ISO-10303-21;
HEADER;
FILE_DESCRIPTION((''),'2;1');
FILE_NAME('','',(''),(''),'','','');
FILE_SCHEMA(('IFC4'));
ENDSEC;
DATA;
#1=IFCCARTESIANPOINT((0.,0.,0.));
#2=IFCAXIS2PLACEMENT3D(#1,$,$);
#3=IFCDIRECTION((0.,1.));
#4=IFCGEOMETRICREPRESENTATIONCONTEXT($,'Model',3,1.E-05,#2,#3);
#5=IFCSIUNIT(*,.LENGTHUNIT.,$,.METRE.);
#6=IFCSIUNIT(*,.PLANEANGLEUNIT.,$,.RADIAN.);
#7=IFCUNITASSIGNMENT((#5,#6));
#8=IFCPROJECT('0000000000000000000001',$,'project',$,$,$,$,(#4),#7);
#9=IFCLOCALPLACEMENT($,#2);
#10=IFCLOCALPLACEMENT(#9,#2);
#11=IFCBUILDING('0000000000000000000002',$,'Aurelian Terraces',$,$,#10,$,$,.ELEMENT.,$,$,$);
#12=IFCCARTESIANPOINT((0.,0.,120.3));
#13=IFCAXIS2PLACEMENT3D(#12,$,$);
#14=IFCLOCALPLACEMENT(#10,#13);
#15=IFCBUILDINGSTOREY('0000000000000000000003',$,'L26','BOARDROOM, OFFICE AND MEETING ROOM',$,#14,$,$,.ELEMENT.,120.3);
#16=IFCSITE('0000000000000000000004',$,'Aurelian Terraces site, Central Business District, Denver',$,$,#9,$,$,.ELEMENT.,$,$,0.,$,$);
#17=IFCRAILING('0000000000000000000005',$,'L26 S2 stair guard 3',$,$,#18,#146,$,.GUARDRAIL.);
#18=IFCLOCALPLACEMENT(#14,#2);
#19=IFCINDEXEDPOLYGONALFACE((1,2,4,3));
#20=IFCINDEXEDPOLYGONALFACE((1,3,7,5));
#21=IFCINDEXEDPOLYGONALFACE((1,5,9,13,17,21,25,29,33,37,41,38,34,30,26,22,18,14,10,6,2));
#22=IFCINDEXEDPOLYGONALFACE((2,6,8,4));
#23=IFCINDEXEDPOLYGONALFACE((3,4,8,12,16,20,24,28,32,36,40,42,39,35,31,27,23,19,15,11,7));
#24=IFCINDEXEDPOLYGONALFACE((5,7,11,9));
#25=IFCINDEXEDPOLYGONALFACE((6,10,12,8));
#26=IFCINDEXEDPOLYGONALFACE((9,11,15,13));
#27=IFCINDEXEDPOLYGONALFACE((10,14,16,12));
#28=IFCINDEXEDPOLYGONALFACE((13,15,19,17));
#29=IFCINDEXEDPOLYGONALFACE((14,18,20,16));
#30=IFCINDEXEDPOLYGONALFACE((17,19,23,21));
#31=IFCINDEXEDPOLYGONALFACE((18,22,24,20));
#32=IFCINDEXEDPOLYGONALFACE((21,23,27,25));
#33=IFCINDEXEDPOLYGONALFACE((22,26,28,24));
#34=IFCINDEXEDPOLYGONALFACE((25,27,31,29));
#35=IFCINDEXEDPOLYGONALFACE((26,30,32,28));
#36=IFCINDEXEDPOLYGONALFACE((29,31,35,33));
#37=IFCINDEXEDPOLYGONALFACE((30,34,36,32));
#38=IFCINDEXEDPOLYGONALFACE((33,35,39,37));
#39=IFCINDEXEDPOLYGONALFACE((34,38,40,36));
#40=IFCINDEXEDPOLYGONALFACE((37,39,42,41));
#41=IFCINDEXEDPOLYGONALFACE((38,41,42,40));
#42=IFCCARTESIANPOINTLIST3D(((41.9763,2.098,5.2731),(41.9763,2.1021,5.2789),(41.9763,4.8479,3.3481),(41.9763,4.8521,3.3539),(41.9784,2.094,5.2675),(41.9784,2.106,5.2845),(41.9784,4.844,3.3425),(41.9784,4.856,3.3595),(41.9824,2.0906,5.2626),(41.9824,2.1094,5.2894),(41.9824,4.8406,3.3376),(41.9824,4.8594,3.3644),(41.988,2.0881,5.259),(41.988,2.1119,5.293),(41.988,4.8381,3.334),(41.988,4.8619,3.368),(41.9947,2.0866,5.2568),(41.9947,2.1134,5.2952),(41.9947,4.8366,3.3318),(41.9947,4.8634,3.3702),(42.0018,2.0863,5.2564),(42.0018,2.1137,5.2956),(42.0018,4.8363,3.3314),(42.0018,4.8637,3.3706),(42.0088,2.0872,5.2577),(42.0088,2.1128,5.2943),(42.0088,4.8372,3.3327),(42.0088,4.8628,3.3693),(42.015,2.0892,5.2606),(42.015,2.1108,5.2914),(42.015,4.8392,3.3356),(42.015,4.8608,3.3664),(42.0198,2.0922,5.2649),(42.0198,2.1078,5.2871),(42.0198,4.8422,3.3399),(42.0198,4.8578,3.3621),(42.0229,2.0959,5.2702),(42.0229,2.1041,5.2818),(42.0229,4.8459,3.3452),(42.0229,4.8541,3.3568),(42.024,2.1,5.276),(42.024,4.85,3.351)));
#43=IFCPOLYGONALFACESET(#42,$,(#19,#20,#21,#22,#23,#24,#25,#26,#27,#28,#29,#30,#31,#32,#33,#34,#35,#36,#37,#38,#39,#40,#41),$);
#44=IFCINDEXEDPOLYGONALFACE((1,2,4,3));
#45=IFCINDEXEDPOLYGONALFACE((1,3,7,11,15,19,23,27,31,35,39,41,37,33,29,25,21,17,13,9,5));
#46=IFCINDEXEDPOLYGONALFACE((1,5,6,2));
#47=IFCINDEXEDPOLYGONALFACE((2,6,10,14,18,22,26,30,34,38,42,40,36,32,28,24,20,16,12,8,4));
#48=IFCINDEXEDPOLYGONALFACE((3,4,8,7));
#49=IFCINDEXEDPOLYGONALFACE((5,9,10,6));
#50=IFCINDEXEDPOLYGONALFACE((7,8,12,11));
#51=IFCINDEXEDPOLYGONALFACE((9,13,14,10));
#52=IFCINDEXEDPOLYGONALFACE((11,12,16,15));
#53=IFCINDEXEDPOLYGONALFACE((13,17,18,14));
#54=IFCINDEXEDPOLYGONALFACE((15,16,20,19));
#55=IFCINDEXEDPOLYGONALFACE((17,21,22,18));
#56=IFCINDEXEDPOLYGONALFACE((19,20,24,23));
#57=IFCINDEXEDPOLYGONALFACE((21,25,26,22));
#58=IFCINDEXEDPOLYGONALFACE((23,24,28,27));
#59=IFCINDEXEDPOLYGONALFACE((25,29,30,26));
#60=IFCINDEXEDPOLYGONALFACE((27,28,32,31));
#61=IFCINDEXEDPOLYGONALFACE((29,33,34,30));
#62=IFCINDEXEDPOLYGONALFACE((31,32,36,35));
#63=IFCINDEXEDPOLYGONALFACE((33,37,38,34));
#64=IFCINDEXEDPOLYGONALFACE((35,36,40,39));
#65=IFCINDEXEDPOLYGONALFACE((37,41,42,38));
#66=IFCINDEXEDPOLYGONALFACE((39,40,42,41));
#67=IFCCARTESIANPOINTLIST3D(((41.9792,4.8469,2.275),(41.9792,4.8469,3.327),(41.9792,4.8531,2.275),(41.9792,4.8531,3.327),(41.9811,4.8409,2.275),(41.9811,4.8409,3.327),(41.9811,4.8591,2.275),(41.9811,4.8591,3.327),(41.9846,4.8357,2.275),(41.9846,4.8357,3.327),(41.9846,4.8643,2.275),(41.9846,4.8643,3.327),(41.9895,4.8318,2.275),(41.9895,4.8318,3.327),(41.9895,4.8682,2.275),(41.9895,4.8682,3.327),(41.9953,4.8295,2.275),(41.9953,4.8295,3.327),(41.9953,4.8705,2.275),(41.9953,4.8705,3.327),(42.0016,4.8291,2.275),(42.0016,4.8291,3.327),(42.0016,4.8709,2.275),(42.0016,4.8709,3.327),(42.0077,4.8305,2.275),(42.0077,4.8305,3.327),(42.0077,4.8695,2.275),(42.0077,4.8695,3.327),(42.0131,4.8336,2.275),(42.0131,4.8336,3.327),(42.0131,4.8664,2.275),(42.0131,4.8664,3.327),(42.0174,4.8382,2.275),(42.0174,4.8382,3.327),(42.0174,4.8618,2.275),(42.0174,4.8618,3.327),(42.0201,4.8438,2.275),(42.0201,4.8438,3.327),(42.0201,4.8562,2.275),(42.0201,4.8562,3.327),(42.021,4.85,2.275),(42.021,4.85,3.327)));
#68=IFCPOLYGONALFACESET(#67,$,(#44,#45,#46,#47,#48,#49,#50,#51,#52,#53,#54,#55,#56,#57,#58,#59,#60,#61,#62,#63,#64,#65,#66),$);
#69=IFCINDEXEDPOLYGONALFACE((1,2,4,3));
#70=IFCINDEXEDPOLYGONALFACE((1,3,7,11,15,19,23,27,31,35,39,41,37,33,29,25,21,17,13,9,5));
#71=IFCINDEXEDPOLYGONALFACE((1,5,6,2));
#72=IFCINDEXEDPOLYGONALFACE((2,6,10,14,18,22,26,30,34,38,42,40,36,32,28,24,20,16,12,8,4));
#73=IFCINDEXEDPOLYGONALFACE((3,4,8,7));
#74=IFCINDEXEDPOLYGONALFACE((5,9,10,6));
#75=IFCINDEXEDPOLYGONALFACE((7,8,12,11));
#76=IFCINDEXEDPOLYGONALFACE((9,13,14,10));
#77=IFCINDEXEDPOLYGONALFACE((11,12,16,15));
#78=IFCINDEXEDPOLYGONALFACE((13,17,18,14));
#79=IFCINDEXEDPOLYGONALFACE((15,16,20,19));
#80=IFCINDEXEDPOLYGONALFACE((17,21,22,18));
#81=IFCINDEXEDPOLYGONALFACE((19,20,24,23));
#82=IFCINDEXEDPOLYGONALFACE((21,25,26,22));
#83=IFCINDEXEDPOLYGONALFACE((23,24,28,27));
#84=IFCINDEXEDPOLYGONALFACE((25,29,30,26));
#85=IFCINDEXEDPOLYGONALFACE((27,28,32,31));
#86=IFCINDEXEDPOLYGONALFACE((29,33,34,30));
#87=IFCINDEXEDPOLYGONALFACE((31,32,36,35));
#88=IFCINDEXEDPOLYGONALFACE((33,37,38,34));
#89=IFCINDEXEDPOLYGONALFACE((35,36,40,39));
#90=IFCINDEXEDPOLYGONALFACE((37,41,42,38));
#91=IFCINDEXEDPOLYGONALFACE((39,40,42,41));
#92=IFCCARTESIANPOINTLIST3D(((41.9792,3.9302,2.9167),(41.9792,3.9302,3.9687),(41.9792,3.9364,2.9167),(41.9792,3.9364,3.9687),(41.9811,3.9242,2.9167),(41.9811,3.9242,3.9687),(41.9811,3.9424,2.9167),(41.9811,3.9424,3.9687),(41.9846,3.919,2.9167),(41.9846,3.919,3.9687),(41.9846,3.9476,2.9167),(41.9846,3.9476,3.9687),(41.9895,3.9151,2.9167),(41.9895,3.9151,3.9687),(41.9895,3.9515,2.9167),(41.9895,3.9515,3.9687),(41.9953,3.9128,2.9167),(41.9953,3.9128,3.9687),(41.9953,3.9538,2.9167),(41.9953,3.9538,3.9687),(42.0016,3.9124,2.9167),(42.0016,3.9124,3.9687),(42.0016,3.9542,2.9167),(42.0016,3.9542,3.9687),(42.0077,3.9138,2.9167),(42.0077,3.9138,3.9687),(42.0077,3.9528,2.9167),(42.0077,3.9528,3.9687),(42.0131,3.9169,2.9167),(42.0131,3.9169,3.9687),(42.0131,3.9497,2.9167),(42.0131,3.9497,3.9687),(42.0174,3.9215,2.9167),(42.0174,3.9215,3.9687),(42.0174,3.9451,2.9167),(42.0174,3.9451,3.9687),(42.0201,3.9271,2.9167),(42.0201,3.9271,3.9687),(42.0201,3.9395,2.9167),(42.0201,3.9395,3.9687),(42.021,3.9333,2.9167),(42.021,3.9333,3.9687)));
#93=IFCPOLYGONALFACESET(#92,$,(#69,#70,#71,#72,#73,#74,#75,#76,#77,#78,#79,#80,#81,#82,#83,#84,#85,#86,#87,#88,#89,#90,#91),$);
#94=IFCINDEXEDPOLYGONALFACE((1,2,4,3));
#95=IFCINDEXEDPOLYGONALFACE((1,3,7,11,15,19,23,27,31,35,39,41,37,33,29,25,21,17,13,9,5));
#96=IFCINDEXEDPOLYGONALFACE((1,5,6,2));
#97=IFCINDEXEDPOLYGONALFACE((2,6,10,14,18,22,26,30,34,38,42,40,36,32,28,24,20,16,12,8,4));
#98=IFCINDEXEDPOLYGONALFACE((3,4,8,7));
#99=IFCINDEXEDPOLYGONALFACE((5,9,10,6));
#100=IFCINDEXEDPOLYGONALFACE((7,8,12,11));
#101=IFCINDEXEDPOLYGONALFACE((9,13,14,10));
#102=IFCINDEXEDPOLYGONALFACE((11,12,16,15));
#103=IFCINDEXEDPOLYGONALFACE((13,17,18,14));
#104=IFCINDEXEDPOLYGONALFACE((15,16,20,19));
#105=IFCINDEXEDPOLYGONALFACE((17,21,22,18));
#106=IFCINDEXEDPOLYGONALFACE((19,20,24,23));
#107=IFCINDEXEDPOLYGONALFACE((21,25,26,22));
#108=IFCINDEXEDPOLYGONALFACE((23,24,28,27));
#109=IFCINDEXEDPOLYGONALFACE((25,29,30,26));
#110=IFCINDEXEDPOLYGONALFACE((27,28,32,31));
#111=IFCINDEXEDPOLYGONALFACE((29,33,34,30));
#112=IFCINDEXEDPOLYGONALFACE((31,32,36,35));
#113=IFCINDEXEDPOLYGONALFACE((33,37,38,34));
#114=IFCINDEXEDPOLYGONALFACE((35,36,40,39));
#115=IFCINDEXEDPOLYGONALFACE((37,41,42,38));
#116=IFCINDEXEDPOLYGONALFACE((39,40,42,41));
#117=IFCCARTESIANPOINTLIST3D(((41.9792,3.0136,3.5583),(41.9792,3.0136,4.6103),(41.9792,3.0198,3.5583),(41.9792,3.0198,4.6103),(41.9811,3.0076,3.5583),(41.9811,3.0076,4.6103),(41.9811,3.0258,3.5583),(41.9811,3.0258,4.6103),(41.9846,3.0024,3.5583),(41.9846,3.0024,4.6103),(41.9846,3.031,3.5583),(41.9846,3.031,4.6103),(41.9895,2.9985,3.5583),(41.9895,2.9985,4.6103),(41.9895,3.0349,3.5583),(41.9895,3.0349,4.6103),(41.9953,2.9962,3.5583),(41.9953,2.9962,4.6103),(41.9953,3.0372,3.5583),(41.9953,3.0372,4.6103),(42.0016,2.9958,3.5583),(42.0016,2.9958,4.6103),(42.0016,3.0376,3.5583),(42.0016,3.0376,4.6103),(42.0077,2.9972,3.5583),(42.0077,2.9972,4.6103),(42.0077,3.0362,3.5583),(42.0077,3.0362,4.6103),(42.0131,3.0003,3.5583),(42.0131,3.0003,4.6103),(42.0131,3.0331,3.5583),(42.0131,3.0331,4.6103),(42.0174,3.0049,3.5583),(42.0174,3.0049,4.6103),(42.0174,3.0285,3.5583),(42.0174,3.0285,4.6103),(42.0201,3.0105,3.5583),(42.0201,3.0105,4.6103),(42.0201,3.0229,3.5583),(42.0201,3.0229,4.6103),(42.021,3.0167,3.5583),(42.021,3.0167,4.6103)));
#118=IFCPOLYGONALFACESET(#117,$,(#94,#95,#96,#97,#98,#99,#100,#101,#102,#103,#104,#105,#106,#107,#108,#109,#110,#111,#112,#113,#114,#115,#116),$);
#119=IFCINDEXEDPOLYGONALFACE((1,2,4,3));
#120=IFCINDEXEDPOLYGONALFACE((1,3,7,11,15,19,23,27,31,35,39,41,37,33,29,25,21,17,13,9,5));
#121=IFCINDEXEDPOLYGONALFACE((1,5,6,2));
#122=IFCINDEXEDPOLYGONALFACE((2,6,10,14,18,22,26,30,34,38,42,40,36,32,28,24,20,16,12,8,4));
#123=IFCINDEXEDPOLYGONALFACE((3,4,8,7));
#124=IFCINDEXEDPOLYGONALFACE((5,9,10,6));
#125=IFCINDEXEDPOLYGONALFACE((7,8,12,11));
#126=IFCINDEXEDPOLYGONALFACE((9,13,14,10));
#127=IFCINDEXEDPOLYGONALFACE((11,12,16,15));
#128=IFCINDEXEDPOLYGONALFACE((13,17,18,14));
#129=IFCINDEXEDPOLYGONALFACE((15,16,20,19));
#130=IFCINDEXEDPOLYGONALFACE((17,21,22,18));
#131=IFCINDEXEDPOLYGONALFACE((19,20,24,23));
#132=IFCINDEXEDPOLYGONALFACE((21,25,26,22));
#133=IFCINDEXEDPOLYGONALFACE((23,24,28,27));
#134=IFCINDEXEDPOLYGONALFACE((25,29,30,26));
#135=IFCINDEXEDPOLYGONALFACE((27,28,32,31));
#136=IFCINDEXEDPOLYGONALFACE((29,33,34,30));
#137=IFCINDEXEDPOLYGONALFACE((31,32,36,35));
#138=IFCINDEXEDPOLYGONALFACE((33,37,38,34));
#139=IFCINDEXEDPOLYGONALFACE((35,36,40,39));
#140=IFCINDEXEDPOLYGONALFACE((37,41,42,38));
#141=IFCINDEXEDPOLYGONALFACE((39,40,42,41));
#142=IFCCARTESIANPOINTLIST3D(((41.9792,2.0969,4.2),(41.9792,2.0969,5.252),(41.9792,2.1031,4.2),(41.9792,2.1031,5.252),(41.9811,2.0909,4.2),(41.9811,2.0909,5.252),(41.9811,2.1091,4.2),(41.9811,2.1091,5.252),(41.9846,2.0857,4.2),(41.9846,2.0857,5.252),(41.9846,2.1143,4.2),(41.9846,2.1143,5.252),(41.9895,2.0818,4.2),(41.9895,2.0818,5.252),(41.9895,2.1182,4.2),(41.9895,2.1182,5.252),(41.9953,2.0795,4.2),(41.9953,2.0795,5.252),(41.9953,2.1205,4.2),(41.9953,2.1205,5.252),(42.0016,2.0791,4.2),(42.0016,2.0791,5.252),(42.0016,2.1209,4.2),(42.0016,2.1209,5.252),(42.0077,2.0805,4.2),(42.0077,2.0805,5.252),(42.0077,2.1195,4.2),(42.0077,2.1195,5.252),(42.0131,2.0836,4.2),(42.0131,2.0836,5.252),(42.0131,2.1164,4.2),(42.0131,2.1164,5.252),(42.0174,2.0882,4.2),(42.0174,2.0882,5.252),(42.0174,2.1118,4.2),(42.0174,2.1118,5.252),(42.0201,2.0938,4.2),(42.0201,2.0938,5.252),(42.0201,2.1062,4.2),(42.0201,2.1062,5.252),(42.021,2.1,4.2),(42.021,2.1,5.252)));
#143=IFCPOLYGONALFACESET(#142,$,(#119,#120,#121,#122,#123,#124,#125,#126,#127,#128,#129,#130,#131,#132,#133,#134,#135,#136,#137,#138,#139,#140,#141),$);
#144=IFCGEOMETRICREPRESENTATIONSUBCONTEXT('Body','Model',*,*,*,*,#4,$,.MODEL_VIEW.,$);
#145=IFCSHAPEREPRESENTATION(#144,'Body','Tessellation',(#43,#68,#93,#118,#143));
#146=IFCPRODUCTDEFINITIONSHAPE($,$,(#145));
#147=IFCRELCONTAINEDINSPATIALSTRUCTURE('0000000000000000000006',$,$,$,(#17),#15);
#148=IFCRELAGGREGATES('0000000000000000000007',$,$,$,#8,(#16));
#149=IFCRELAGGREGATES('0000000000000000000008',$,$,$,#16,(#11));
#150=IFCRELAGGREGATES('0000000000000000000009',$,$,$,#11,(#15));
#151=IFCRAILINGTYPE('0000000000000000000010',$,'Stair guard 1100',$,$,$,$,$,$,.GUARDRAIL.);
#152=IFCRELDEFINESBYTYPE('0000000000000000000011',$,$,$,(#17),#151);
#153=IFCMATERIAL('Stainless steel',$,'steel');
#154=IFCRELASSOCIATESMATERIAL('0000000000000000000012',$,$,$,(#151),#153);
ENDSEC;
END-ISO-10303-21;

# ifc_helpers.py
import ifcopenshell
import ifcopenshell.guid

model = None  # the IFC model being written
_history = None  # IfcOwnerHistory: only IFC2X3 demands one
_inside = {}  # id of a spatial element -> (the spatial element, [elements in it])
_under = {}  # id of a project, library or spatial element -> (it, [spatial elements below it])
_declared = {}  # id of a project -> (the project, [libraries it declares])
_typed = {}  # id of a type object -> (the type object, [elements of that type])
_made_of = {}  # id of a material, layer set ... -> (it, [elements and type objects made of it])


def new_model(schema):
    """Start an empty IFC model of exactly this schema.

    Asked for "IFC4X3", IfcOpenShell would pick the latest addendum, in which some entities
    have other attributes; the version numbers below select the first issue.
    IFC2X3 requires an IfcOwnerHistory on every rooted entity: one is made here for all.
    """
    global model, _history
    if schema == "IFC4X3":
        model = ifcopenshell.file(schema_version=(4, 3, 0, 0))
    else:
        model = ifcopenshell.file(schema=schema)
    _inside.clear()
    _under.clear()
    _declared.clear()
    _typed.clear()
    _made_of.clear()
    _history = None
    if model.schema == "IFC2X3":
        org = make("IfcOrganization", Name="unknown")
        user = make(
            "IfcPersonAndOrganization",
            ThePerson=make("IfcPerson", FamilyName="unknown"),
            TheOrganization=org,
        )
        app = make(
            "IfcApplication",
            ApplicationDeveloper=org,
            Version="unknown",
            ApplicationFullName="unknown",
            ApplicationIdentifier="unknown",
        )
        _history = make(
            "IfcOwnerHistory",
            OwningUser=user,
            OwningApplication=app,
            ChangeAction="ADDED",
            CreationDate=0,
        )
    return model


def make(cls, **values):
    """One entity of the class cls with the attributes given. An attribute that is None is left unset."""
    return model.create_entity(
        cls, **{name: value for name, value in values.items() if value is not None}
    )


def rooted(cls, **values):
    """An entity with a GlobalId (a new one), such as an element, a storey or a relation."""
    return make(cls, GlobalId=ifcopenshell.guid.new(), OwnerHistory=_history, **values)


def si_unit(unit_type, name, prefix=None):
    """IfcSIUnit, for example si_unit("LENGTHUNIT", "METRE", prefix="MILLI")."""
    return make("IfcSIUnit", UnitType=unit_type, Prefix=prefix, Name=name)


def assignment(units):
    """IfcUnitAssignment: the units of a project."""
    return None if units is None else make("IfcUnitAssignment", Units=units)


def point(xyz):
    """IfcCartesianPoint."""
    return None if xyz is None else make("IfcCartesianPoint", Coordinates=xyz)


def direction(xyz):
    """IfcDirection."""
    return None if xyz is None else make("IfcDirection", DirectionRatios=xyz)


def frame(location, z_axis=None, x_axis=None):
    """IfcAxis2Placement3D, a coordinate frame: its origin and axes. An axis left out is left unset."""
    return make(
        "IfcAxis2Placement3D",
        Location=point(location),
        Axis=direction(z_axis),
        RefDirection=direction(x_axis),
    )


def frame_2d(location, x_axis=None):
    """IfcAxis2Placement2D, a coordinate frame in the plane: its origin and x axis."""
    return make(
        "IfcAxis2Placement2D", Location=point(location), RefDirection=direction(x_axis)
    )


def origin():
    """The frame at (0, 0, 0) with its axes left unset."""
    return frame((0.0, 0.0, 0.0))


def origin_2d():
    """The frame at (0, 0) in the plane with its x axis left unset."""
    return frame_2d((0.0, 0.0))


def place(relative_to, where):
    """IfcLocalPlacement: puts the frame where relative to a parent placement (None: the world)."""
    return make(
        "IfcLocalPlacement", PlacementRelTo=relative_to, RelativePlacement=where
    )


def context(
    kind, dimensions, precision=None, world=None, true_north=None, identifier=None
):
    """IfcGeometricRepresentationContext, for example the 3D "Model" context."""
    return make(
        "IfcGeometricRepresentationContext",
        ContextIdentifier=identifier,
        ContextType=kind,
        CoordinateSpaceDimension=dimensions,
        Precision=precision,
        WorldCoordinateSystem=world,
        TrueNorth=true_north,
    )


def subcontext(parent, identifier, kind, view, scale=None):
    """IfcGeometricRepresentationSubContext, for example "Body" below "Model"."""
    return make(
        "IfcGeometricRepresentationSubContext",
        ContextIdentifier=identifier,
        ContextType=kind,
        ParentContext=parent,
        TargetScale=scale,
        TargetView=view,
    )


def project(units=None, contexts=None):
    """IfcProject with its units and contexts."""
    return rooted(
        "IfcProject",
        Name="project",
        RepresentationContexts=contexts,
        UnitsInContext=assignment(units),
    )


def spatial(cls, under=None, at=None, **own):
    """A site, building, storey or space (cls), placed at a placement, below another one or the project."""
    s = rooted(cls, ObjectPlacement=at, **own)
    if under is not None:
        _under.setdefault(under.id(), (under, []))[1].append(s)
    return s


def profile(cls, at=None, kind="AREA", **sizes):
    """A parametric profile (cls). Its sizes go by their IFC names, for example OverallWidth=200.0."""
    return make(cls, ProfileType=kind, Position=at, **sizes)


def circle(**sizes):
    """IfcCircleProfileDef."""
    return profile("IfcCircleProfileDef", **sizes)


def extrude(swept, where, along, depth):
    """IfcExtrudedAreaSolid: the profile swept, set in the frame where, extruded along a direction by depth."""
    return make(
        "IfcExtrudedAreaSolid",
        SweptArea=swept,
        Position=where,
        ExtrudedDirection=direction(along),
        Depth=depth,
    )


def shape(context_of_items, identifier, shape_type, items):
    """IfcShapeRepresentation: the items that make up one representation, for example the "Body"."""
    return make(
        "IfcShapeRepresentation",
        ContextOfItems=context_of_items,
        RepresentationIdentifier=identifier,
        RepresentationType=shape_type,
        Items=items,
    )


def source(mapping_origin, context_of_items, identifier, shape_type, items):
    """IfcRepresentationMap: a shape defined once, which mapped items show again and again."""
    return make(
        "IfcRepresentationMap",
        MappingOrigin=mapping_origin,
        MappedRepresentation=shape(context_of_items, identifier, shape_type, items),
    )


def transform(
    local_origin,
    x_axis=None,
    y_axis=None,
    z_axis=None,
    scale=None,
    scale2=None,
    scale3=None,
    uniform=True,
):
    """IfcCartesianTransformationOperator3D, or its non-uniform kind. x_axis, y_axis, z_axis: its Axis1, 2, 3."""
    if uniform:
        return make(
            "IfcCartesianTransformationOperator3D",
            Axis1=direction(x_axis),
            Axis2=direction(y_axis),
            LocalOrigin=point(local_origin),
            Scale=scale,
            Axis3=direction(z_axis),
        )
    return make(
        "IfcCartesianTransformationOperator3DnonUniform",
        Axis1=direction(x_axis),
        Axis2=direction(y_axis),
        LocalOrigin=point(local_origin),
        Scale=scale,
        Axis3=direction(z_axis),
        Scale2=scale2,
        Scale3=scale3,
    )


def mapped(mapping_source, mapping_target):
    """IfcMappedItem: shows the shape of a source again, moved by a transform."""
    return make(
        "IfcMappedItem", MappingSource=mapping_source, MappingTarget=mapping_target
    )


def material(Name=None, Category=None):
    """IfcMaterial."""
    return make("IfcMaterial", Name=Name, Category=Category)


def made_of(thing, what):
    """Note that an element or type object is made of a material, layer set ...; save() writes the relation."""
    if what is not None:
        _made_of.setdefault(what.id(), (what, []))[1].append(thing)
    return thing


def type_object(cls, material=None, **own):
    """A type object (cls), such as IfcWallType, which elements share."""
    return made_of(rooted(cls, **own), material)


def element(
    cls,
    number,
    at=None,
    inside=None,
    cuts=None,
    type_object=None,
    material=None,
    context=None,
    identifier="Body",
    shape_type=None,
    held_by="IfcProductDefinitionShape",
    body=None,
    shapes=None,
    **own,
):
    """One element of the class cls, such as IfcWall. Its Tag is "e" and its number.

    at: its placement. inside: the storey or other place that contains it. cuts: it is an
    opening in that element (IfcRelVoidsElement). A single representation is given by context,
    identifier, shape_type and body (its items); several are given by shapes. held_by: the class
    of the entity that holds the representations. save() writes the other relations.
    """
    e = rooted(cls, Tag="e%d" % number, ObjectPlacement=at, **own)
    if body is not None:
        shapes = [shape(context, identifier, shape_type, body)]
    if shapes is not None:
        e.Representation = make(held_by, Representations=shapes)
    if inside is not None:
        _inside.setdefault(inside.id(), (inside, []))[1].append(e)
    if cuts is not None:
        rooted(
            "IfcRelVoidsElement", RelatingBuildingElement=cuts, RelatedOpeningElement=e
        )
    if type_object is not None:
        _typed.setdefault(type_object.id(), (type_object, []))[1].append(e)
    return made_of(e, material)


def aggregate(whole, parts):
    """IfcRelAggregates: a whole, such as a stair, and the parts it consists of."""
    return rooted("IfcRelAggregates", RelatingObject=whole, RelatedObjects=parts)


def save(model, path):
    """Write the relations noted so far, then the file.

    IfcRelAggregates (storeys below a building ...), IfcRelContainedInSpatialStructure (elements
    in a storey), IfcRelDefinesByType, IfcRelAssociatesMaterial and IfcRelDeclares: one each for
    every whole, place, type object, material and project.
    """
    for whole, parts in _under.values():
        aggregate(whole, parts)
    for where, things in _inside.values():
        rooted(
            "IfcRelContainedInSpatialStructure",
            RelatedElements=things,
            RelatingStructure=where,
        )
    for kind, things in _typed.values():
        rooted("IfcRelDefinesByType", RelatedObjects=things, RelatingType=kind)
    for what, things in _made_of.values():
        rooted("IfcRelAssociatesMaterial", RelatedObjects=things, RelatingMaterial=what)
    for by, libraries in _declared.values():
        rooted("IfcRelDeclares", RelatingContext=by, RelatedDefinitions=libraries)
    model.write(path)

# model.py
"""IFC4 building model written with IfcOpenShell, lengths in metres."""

from ifc_helpers import new_model, si_unit, direction, frame, origin, origin_2d, place, context, subcontext, project, spatial, circle, extrude, source, transform, mapped, material, type_object, element, save


model = new_model("IFC4")

# Units and contexts
model_context = context("Model", 3, precision=1e-05, world=origin(), true_north=direction((0.0, 1.0)))
body_context = subcontext(model_context, "Body", "Model", "MODEL_VIEW")
ifc_project = project(units=[si_unit("LENGTHUNIT", "METRE"), si_unit("PLANEANGLEUNIT", "RADIAN")], contexts=[model_context])

# Site, building, storey
site_placement = place(None, origin())
site = spatial("IfcSite", under=ifc_project, at=site_placement, Name="Aurelian Terraces site, Central Business District, Denver", CompositionType="ELEMENT", RefElevation=0.0)
building_placement = place(site_placement, origin())
building = spatial("IfcBuilding", under=site, at=building_placement, Name="Aurelian Terraces", CompositionType="ELEMENT")
storey_placement = place(building_placement, frame((0.0, 0.0, 120.3)))
storey = spatial("IfcBuildingStorey", under=building, at=storey_placement, Name="L26", Description="BOARDROOM, OFFICE AND MEETING ROOM", CompositionType="ELEMENT", Elevation=120.3)

# Railing
ifc_material_1 = material(Name="Stainless steel", Category="steel")
railing_type_1 = type_object("IfcRailingType", Name="Stair guard 1100", PredefinedType="GUARDRAIL", material=ifc_material_1)
shared_shape_1 = source(origin(), body_context, "Body", "SweptSolid", [
    extrude(circle(Radius=0.024, at=origin_2d()), frame((0.0, 0.0, 1.076), z_axis=(0.0, -0.819232, 0.573462), x_axis=(1.0, 0.0, 0.0)), (0.0, 0.0, 1.0), 3.3568),
    extrude(circle(Radius=0.021, at=origin_2d()), origin(), (0.0, 0.0, 1.0), 1.052),
    extrude(circle(Radius=0.021, at=origin_2d()), frame((0.0, -0.9167, 0.6417)), (0.0, 0.0, 1.0), 1.052),
    extrude(circle(Radius=0.021, at=origin_2d()), frame((0.0, -1.8333, 1.2833)), (0.0, 0.0, 1.0), 1.052),
    extrude(circle(Radius=0.021, at=origin_2d()), frame((0.0, -2.75, 1.925)), (0.0, 0.0, 1.0), 1.052),
])
railing_1_placement = place(storey_placement, frame((42.0, 4.85, 2.275)))
element("IfcRailing", 1, at=railing_1_placement, inside=storey, type_object=railing_type_1, Name="L26 S2 stair guard 3", PredefinedType="GUARDRAIL", context=body_context, shape_type="MappedRepresentation", body=[
    mapped(shared_shape_1, transform((0.0, 0.0, 0.0), scale=1.0)),
])

save(model, "model.ifc")
